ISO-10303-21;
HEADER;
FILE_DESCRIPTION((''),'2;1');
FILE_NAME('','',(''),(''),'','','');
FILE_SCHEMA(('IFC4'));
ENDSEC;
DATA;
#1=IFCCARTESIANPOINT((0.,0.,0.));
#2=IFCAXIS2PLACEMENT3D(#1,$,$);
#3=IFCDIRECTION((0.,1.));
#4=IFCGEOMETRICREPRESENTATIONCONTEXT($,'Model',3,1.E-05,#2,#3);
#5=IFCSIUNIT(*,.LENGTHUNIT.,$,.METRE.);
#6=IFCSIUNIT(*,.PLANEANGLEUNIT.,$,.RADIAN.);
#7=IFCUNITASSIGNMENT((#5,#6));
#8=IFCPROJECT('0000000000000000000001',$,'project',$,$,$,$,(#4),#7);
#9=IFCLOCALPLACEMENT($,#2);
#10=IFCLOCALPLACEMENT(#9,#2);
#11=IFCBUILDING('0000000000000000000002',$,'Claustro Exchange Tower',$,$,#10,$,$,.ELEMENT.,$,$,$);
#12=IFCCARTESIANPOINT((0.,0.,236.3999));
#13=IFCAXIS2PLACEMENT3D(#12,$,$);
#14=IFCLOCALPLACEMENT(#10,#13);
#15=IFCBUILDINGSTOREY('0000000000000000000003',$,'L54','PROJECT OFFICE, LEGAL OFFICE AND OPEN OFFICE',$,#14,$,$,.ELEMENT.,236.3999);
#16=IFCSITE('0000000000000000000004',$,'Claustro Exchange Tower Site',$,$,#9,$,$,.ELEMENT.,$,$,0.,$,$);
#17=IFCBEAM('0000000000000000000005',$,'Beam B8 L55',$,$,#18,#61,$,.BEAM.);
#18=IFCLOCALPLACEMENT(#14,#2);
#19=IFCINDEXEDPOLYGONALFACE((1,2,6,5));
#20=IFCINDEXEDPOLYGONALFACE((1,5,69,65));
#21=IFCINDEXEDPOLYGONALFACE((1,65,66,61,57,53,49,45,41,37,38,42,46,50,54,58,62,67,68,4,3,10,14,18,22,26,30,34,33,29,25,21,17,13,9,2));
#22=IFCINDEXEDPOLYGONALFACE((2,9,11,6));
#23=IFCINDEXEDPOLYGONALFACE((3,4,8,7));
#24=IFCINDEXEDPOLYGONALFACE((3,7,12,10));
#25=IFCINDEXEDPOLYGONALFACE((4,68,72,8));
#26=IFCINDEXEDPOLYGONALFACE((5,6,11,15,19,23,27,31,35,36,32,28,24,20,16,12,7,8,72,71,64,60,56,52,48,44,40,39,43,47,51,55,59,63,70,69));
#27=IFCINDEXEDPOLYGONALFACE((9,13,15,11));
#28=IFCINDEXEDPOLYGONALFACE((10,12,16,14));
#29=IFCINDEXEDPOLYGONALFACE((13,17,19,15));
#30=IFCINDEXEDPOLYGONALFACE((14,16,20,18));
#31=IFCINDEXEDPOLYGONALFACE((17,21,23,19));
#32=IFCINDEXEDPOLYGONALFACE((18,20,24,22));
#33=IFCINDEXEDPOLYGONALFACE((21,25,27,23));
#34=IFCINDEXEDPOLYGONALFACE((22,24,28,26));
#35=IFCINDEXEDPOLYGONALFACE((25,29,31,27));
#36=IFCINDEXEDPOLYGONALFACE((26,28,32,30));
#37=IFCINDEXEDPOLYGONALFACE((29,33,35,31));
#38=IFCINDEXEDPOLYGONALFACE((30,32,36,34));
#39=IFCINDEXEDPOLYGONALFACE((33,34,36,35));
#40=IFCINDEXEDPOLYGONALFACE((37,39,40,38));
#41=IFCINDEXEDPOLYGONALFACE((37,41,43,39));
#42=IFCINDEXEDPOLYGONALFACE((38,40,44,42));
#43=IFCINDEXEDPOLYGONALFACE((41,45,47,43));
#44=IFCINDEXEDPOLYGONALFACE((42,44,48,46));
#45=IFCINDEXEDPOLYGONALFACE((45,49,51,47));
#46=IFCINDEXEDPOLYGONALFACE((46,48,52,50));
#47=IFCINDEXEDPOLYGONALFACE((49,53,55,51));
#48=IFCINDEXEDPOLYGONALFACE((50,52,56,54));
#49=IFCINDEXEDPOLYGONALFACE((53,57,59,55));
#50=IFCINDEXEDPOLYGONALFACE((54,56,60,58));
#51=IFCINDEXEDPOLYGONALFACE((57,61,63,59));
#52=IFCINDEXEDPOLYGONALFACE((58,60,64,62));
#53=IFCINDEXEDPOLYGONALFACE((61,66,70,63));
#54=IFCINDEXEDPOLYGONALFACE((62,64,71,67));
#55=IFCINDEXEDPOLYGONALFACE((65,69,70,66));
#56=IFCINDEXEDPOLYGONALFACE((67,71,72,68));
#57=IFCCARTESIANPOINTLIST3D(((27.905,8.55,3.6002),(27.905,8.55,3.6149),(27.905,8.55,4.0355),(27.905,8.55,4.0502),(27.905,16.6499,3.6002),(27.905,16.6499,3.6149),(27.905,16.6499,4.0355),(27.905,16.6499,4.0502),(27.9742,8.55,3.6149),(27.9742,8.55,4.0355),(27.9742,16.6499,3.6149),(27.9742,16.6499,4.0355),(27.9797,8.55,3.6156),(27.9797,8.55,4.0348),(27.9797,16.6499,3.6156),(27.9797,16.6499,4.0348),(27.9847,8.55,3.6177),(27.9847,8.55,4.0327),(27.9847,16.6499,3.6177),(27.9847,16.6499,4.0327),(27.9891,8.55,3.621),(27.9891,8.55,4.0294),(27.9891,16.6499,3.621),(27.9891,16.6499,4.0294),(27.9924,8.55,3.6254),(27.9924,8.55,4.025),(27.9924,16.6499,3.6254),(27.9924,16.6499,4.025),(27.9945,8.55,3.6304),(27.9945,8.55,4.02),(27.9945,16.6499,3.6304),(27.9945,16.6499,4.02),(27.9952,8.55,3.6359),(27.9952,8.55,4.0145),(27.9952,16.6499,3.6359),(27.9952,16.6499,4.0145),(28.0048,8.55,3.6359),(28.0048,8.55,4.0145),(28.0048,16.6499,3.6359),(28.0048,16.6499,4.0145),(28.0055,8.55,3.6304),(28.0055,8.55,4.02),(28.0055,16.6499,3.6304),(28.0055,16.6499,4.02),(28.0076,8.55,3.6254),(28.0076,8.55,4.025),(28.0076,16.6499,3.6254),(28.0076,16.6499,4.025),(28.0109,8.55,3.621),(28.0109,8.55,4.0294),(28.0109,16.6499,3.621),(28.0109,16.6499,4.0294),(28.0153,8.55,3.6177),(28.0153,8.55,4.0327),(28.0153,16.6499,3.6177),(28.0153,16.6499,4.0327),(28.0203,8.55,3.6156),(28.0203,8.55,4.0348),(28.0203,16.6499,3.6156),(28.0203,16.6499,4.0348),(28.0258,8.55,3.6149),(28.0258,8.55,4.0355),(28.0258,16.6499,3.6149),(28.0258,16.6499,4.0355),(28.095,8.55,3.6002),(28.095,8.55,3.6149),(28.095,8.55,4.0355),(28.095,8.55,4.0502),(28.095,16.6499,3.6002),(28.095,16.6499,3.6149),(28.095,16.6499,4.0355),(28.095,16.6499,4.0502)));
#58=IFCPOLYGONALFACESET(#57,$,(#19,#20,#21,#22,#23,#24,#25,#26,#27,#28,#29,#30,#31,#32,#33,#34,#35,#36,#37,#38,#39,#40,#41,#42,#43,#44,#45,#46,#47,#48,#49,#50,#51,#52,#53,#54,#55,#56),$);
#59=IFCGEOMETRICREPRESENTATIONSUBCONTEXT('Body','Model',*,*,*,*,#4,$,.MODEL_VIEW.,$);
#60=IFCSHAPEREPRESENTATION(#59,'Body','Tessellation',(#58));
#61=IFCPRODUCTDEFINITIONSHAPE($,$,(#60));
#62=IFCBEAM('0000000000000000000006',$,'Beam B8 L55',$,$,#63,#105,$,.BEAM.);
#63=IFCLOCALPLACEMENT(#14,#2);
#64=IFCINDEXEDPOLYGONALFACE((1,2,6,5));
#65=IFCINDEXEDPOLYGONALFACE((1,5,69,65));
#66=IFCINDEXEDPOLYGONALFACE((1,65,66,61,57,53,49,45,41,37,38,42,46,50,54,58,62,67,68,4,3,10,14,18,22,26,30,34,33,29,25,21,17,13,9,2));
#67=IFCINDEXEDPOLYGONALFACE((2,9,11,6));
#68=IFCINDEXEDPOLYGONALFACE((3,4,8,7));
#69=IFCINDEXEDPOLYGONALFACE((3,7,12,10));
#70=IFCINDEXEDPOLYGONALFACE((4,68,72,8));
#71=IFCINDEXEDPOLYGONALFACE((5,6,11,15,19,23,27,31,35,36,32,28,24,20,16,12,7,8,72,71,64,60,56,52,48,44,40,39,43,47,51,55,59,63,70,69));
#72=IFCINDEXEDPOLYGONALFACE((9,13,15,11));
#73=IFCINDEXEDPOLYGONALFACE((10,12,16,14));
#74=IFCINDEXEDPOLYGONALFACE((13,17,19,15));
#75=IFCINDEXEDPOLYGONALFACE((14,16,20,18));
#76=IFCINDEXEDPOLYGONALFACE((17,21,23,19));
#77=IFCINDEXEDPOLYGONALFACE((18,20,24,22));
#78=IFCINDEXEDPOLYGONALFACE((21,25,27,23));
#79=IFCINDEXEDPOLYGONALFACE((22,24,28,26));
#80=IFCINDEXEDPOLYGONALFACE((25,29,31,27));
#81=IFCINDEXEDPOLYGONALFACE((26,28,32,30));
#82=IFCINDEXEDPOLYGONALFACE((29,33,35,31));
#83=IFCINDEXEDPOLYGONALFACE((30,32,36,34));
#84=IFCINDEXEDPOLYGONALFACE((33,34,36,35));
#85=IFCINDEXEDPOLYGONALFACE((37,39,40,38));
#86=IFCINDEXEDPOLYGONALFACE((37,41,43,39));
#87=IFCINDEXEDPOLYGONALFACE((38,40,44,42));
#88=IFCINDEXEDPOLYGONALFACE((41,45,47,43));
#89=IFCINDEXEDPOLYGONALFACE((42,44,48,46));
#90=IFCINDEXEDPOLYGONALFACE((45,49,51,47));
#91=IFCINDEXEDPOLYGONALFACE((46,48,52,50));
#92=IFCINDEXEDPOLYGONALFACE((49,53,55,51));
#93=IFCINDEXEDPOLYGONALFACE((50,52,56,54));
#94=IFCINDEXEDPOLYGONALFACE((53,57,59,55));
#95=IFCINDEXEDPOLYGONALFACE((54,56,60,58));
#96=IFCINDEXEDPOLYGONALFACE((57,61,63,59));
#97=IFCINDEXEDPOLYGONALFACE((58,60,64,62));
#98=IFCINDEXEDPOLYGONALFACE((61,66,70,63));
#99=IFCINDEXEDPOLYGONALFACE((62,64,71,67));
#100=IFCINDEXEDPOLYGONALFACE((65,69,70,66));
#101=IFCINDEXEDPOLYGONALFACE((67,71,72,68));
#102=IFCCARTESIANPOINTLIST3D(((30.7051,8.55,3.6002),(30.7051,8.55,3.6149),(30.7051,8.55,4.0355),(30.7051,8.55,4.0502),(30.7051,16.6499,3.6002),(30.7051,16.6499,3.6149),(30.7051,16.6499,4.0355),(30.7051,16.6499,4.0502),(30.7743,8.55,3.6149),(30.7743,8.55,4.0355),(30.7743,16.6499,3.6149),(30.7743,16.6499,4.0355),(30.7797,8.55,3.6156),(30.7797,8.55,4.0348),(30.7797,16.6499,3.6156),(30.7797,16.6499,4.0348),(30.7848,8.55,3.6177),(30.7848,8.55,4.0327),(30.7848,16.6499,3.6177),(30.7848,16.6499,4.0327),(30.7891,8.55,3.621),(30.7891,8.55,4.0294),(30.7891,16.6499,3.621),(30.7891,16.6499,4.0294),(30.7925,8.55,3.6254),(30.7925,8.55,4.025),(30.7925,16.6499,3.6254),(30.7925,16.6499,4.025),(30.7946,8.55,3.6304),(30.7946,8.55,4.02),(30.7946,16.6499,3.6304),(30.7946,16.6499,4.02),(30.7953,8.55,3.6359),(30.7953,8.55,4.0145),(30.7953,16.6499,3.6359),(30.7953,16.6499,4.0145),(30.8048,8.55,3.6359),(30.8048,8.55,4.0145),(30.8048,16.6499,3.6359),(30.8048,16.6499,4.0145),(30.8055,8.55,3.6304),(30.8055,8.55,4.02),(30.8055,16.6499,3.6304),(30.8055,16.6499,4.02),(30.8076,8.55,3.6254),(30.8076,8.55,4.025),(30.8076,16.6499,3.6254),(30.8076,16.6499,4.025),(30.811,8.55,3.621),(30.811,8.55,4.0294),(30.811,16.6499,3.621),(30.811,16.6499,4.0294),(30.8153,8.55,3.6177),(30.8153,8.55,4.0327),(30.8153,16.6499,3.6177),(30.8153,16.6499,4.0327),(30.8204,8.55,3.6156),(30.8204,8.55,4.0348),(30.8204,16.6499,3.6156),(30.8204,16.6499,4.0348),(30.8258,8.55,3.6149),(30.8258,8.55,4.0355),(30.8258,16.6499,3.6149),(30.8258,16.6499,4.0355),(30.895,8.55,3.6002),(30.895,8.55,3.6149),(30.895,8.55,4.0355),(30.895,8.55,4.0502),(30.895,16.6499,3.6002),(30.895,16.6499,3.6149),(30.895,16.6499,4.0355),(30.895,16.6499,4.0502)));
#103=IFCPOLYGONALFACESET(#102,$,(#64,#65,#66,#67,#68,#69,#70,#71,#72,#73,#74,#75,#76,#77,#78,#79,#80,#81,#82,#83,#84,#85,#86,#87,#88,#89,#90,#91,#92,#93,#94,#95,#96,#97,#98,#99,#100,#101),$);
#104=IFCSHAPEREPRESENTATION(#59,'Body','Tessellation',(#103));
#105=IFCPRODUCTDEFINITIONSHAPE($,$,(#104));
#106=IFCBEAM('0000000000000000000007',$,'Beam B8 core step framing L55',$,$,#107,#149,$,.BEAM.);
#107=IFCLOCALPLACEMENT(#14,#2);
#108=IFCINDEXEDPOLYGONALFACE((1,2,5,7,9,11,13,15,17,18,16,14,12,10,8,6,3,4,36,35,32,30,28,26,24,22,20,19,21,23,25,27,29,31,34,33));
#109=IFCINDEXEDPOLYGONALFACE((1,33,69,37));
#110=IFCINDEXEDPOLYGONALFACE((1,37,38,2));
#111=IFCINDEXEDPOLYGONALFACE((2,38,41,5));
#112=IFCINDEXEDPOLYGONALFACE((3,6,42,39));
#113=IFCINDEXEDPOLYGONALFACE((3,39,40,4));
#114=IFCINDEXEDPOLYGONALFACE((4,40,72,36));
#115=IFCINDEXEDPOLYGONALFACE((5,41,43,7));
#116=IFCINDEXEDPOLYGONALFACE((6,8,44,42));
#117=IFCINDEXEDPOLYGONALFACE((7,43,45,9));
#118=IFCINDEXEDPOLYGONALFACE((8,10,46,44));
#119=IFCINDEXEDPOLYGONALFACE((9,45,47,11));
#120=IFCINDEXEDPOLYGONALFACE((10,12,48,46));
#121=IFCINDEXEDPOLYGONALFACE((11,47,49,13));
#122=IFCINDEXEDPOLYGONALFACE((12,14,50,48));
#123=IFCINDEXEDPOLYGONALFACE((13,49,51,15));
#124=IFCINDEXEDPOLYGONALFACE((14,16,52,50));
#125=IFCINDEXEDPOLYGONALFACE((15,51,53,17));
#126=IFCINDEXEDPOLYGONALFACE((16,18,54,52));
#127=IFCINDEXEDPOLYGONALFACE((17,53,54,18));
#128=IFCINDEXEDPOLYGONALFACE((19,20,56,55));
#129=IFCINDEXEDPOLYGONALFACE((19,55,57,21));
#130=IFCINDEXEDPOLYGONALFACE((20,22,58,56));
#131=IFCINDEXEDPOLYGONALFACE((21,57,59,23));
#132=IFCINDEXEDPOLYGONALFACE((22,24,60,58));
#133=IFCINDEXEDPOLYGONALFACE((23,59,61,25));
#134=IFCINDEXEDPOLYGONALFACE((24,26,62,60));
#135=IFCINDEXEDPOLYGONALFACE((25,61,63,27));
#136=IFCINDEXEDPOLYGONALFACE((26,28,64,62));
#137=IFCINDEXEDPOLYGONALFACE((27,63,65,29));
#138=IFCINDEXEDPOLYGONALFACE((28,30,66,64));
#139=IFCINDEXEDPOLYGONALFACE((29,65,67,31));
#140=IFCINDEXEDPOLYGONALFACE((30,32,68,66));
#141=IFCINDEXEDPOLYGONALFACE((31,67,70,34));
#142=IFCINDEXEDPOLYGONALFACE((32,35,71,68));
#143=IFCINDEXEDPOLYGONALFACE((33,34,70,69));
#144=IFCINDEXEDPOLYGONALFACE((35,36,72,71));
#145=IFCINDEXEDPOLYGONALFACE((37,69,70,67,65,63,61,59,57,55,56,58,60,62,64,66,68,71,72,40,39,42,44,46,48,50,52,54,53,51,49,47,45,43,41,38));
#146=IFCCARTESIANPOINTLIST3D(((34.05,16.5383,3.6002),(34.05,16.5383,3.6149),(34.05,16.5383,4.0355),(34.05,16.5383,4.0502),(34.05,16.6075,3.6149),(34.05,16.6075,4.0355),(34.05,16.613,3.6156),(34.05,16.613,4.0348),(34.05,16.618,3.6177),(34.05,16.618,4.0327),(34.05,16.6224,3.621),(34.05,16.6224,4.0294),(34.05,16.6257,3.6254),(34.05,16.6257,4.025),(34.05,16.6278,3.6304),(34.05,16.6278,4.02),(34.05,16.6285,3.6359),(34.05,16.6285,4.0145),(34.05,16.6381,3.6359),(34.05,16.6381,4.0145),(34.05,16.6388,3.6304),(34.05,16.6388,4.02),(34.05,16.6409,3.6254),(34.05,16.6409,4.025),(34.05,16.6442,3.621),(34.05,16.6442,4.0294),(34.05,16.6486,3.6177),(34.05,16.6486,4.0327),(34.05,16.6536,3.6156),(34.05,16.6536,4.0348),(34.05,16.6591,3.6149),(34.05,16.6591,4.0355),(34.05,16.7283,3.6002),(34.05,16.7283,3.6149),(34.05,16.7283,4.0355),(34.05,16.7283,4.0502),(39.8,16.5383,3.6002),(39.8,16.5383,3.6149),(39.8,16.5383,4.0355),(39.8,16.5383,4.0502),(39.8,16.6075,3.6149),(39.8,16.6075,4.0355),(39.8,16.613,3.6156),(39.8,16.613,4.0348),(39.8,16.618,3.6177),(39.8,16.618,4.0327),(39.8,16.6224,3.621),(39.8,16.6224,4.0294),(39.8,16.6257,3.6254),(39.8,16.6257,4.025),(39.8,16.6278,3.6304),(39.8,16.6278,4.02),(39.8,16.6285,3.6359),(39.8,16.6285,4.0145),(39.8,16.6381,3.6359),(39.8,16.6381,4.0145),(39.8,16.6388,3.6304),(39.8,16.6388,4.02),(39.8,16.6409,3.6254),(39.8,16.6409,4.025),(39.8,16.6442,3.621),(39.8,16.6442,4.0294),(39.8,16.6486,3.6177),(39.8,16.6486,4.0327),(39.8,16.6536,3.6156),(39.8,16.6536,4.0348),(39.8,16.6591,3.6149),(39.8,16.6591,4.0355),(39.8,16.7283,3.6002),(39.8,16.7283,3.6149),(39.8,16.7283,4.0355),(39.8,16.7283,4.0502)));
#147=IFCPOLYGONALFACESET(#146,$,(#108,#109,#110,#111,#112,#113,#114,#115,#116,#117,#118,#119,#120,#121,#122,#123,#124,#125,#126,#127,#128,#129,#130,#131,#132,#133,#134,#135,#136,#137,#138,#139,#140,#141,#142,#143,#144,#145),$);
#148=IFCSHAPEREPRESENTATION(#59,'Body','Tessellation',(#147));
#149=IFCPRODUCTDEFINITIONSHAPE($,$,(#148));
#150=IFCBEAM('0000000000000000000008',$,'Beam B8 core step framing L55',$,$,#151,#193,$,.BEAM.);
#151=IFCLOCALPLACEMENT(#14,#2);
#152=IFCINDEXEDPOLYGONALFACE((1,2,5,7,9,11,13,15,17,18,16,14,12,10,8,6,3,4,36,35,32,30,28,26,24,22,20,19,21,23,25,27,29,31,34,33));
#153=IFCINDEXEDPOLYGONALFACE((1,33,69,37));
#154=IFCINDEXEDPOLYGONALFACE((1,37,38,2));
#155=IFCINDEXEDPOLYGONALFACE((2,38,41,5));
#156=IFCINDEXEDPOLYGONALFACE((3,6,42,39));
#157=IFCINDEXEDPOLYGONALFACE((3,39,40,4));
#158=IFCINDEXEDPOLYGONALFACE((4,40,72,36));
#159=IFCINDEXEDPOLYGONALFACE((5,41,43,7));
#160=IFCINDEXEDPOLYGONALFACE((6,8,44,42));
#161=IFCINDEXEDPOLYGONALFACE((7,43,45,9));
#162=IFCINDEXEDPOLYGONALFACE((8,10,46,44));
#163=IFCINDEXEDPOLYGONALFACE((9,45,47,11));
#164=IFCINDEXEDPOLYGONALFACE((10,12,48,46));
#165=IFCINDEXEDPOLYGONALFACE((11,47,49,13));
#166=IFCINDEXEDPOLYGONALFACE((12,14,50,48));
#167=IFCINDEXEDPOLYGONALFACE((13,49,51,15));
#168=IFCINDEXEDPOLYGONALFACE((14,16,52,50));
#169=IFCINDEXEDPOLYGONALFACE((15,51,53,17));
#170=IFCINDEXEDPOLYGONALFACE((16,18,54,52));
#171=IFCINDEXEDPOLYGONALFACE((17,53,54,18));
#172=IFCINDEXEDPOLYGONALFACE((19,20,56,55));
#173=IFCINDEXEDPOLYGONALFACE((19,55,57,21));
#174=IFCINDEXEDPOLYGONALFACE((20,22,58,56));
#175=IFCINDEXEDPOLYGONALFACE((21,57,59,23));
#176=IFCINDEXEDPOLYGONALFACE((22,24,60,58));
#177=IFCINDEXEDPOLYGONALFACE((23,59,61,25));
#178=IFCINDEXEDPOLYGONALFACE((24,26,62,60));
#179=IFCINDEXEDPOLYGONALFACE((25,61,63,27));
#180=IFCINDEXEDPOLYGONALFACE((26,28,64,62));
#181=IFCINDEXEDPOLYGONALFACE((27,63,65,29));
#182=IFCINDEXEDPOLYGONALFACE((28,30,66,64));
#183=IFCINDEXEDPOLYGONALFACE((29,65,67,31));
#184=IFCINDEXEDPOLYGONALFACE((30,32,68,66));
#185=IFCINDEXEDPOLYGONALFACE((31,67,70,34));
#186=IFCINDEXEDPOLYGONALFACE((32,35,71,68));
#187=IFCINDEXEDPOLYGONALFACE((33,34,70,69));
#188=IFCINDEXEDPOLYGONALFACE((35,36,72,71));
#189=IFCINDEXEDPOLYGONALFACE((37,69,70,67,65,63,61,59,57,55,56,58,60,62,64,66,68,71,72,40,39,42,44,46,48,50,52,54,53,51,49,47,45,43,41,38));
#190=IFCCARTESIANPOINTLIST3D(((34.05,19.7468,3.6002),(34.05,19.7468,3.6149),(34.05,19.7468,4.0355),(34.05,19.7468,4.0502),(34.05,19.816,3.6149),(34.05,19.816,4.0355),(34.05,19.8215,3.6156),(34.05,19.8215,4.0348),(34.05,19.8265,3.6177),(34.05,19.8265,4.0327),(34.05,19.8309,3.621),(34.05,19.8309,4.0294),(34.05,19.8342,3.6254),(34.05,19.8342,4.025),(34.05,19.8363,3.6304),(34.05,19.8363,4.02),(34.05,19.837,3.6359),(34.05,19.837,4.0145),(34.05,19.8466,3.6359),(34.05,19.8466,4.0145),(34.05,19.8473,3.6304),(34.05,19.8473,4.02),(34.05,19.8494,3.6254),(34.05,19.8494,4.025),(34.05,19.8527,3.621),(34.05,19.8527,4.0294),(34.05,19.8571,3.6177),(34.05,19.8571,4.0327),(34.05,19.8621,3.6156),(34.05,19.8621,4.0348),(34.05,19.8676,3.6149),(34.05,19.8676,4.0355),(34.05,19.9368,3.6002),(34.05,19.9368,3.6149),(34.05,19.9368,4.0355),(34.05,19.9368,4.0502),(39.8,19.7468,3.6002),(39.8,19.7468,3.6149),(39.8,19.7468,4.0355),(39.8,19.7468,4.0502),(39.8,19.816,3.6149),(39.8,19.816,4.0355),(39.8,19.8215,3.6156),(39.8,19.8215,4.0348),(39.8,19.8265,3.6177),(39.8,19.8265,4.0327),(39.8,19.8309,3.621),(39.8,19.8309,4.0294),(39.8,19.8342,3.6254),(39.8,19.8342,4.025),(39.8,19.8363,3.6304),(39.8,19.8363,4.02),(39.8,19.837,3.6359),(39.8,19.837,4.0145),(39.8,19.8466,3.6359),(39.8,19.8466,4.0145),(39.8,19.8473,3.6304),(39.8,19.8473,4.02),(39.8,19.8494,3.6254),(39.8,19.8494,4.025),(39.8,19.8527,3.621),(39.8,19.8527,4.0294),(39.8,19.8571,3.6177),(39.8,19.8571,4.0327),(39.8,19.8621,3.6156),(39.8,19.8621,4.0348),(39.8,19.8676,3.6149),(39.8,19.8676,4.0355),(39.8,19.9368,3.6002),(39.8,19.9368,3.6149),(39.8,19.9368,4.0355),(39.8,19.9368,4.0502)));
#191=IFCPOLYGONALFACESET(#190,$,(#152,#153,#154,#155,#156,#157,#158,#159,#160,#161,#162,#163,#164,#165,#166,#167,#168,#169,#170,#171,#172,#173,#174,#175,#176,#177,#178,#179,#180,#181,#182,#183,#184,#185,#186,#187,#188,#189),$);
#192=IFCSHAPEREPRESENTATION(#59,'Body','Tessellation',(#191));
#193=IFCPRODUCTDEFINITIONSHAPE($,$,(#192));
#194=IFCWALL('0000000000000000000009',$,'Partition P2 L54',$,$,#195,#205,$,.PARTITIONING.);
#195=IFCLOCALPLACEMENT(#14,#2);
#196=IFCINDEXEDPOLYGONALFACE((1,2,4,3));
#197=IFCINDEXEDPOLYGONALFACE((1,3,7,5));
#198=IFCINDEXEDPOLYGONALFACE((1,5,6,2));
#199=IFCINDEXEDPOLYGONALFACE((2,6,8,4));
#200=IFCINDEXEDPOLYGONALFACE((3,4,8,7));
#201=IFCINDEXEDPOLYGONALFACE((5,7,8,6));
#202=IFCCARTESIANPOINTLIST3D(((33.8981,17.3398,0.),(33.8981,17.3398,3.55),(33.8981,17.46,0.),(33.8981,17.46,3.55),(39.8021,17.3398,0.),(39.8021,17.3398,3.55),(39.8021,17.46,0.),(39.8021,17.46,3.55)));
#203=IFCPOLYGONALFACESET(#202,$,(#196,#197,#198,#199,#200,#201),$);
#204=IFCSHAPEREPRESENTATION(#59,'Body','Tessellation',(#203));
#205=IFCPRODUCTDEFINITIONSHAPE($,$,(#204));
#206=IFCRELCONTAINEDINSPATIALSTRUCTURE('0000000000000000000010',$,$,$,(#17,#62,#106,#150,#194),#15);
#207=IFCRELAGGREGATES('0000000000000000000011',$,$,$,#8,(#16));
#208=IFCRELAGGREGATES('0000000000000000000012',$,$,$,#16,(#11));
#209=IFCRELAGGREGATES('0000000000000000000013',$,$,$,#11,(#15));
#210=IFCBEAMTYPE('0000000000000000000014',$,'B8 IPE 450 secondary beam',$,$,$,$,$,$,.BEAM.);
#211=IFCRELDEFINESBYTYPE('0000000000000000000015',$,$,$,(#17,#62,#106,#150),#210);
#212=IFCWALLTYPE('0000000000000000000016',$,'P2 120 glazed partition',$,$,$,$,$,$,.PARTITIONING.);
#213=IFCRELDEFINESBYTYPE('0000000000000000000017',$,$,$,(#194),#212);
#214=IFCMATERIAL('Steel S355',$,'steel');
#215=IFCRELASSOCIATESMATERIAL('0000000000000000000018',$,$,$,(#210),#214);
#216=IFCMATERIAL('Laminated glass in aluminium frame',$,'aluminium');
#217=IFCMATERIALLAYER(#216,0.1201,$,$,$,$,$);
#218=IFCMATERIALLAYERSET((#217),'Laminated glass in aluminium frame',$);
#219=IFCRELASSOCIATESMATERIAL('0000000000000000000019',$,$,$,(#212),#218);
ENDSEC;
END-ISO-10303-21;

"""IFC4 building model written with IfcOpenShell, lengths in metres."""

from ifc_helpers import new_model, si_unit, direction, frame, frame_2d, origin, origin_2d, place, context, subcontext, project, spatial, rectangle, i_section, extrude, material, layer, layer_set, material_profile, profile_set, type_object, element, save


model = new_model("IFC4")

# Units and contexts
model_context = context("Model", 3, precision=1e-05, world=origin(), true_north=direction((0.0, 1.0)))
body_context = subcontext(model_context, "Body", "Model", "MODEL_VIEW")
ifc_project = project(units=[si_unit("LENGTHUNIT", "METRE"), si_unit("PLANEANGLEUNIT", "RADIAN")], contexts=[model_context])

# Site, building, storey
site_placement = place(None, origin())
site = spatial("IfcSite", under=ifc_project, at=site_placement, Name="Claustro Exchange Tower Site", CompositionType="ELEMENT", RefElevation=0.0)
building_placement = place(site_placement, origin())
building = spatial("IfcBuilding", under=site, at=building_placement, Name="Claustro Exchange Tower", CompositionType="ELEMENT")
storey_placement = place(building_placement, frame((0.0, 0.0, 236.3999)))
storey = spatial("IfcBuildingStorey", under=building, at=storey_placement, Name="L54", Description="PROJECT OFFICE, LEGAL OFFICE AND OPEN OFFICE", CompositionType="ELEMENT", Elevation=236.3999)

# Beams
ifc_material_1 = material(Name="Steel S355", Category="steel")
ifc_material_profile_1 = material_profile(ifc_material_1, i_section(OverallWidth=0.1899, OverallDepth=0.45, WebThickness=0.0095, FlangeThickness=0.0146, FilletRadius=0.021, at=origin_2d()), Name="IPE 450")
ifc_profile_set_1 = profile_set([ifc_material_profile_1], Name="Steel S355")
beam_type_1 = type_object("IfcBeamType", Name="B8 IPE 450 secondary beam", PredefinedType="BEAM", material=ifc_profile_set_1)
for number, where, z_axis, x_axis, name in (
    (1, (28.0, 8.55, 3.8252), (0.0, 1.0, 0.0), (-1.0, 0.0, 0.0), "Beam B8 L55"),
    (2, (30.8, 8.55, 3.8252), (0.0, 1.0, 0.0), (-1.0, 0.0, 0.0), "Beam B8 L55"),
):
    element("IfcBeam", number, at=place(storey_placement, frame(where, z_axis=z_axis, x_axis=x_axis)), inside=storey, type_object=beam_type_1, Name=name, PredefinedType="BEAM", context=body_context, shape_type="SweptSolid", body=[
        extrude(i_section(OverallWidth=0.1899, OverallDepth=0.45, WebThickness=0.0095, FlangeThickness=0.0146, FilletRadius=0.021, at=origin_2d()), origin(), (0.0, 0.0, 1.0), 8.0999),
    ])
for number, where, z_axis, x_axis, name in (
    (3, (34.05, 16.6333, 3.8252), (1.0, 0.0, 0.0), (0.0, 1.0, 0.0), "Beam B8 core step framing L55"),
    (4, (34.05, 19.8418, 3.8252), (1.0, 0.0, 0.0), (0.0, 1.0, 0.0), "Beam B8 core step framing L55"),
):
    element("IfcBeam", number, at=place(storey_placement, frame(where, z_axis=z_axis, x_axis=x_axis)), inside=storey, type_object=beam_type_1, Name=name, PredefinedType="BEAM", context=body_context, shape_type="SweptSolid", body=[
        extrude(i_section(OverallWidth=0.1899, OverallDepth=0.45, WebThickness=0.0095, FlangeThickness=0.0146, FilletRadius=0.021, at=origin_2d()), origin(), (0.0, 0.0, 1.0), 5.75),
    ])

# Wall
ifc_material_2 = material(Name="Laminated glass in aluminium frame", Category="aluminium")
ifc_layer_1 = layer(ifc_material_2, 0.1201)
ifc_layer_set_1 = layer_set([ifc_layer_1], Name="Laminated glass in aluminium frame")
wall_type_1 = type_object("IfcWallType", Name="P2 120 glazed partition", PredefinedType="PARTITIONING", material=ifc_layer_set_1)
wall_1_placement = place(storey_placement, frame((33.8979, 17.3999, 0.0), z_axis=(0.0, 0.0, 1.0), x_axis=(1.0, 0.0, 0.0)))
element("IfcWall", 5, at=wall_1_placement, inside=storey, type_object=wall_type_1, Name="Partition P2 L54", PredefinedType="PARTITIONING", context=body_context, shape_type="SweptSolid", body=[
    extrude(rectangle(XDim=5.9041, YDim=0.1201, at=frame_2d((2.9521, 0.0))), origin(), (0.0, 0.0, 1.0), 3.55),
])

save(model, "model.ifc")
